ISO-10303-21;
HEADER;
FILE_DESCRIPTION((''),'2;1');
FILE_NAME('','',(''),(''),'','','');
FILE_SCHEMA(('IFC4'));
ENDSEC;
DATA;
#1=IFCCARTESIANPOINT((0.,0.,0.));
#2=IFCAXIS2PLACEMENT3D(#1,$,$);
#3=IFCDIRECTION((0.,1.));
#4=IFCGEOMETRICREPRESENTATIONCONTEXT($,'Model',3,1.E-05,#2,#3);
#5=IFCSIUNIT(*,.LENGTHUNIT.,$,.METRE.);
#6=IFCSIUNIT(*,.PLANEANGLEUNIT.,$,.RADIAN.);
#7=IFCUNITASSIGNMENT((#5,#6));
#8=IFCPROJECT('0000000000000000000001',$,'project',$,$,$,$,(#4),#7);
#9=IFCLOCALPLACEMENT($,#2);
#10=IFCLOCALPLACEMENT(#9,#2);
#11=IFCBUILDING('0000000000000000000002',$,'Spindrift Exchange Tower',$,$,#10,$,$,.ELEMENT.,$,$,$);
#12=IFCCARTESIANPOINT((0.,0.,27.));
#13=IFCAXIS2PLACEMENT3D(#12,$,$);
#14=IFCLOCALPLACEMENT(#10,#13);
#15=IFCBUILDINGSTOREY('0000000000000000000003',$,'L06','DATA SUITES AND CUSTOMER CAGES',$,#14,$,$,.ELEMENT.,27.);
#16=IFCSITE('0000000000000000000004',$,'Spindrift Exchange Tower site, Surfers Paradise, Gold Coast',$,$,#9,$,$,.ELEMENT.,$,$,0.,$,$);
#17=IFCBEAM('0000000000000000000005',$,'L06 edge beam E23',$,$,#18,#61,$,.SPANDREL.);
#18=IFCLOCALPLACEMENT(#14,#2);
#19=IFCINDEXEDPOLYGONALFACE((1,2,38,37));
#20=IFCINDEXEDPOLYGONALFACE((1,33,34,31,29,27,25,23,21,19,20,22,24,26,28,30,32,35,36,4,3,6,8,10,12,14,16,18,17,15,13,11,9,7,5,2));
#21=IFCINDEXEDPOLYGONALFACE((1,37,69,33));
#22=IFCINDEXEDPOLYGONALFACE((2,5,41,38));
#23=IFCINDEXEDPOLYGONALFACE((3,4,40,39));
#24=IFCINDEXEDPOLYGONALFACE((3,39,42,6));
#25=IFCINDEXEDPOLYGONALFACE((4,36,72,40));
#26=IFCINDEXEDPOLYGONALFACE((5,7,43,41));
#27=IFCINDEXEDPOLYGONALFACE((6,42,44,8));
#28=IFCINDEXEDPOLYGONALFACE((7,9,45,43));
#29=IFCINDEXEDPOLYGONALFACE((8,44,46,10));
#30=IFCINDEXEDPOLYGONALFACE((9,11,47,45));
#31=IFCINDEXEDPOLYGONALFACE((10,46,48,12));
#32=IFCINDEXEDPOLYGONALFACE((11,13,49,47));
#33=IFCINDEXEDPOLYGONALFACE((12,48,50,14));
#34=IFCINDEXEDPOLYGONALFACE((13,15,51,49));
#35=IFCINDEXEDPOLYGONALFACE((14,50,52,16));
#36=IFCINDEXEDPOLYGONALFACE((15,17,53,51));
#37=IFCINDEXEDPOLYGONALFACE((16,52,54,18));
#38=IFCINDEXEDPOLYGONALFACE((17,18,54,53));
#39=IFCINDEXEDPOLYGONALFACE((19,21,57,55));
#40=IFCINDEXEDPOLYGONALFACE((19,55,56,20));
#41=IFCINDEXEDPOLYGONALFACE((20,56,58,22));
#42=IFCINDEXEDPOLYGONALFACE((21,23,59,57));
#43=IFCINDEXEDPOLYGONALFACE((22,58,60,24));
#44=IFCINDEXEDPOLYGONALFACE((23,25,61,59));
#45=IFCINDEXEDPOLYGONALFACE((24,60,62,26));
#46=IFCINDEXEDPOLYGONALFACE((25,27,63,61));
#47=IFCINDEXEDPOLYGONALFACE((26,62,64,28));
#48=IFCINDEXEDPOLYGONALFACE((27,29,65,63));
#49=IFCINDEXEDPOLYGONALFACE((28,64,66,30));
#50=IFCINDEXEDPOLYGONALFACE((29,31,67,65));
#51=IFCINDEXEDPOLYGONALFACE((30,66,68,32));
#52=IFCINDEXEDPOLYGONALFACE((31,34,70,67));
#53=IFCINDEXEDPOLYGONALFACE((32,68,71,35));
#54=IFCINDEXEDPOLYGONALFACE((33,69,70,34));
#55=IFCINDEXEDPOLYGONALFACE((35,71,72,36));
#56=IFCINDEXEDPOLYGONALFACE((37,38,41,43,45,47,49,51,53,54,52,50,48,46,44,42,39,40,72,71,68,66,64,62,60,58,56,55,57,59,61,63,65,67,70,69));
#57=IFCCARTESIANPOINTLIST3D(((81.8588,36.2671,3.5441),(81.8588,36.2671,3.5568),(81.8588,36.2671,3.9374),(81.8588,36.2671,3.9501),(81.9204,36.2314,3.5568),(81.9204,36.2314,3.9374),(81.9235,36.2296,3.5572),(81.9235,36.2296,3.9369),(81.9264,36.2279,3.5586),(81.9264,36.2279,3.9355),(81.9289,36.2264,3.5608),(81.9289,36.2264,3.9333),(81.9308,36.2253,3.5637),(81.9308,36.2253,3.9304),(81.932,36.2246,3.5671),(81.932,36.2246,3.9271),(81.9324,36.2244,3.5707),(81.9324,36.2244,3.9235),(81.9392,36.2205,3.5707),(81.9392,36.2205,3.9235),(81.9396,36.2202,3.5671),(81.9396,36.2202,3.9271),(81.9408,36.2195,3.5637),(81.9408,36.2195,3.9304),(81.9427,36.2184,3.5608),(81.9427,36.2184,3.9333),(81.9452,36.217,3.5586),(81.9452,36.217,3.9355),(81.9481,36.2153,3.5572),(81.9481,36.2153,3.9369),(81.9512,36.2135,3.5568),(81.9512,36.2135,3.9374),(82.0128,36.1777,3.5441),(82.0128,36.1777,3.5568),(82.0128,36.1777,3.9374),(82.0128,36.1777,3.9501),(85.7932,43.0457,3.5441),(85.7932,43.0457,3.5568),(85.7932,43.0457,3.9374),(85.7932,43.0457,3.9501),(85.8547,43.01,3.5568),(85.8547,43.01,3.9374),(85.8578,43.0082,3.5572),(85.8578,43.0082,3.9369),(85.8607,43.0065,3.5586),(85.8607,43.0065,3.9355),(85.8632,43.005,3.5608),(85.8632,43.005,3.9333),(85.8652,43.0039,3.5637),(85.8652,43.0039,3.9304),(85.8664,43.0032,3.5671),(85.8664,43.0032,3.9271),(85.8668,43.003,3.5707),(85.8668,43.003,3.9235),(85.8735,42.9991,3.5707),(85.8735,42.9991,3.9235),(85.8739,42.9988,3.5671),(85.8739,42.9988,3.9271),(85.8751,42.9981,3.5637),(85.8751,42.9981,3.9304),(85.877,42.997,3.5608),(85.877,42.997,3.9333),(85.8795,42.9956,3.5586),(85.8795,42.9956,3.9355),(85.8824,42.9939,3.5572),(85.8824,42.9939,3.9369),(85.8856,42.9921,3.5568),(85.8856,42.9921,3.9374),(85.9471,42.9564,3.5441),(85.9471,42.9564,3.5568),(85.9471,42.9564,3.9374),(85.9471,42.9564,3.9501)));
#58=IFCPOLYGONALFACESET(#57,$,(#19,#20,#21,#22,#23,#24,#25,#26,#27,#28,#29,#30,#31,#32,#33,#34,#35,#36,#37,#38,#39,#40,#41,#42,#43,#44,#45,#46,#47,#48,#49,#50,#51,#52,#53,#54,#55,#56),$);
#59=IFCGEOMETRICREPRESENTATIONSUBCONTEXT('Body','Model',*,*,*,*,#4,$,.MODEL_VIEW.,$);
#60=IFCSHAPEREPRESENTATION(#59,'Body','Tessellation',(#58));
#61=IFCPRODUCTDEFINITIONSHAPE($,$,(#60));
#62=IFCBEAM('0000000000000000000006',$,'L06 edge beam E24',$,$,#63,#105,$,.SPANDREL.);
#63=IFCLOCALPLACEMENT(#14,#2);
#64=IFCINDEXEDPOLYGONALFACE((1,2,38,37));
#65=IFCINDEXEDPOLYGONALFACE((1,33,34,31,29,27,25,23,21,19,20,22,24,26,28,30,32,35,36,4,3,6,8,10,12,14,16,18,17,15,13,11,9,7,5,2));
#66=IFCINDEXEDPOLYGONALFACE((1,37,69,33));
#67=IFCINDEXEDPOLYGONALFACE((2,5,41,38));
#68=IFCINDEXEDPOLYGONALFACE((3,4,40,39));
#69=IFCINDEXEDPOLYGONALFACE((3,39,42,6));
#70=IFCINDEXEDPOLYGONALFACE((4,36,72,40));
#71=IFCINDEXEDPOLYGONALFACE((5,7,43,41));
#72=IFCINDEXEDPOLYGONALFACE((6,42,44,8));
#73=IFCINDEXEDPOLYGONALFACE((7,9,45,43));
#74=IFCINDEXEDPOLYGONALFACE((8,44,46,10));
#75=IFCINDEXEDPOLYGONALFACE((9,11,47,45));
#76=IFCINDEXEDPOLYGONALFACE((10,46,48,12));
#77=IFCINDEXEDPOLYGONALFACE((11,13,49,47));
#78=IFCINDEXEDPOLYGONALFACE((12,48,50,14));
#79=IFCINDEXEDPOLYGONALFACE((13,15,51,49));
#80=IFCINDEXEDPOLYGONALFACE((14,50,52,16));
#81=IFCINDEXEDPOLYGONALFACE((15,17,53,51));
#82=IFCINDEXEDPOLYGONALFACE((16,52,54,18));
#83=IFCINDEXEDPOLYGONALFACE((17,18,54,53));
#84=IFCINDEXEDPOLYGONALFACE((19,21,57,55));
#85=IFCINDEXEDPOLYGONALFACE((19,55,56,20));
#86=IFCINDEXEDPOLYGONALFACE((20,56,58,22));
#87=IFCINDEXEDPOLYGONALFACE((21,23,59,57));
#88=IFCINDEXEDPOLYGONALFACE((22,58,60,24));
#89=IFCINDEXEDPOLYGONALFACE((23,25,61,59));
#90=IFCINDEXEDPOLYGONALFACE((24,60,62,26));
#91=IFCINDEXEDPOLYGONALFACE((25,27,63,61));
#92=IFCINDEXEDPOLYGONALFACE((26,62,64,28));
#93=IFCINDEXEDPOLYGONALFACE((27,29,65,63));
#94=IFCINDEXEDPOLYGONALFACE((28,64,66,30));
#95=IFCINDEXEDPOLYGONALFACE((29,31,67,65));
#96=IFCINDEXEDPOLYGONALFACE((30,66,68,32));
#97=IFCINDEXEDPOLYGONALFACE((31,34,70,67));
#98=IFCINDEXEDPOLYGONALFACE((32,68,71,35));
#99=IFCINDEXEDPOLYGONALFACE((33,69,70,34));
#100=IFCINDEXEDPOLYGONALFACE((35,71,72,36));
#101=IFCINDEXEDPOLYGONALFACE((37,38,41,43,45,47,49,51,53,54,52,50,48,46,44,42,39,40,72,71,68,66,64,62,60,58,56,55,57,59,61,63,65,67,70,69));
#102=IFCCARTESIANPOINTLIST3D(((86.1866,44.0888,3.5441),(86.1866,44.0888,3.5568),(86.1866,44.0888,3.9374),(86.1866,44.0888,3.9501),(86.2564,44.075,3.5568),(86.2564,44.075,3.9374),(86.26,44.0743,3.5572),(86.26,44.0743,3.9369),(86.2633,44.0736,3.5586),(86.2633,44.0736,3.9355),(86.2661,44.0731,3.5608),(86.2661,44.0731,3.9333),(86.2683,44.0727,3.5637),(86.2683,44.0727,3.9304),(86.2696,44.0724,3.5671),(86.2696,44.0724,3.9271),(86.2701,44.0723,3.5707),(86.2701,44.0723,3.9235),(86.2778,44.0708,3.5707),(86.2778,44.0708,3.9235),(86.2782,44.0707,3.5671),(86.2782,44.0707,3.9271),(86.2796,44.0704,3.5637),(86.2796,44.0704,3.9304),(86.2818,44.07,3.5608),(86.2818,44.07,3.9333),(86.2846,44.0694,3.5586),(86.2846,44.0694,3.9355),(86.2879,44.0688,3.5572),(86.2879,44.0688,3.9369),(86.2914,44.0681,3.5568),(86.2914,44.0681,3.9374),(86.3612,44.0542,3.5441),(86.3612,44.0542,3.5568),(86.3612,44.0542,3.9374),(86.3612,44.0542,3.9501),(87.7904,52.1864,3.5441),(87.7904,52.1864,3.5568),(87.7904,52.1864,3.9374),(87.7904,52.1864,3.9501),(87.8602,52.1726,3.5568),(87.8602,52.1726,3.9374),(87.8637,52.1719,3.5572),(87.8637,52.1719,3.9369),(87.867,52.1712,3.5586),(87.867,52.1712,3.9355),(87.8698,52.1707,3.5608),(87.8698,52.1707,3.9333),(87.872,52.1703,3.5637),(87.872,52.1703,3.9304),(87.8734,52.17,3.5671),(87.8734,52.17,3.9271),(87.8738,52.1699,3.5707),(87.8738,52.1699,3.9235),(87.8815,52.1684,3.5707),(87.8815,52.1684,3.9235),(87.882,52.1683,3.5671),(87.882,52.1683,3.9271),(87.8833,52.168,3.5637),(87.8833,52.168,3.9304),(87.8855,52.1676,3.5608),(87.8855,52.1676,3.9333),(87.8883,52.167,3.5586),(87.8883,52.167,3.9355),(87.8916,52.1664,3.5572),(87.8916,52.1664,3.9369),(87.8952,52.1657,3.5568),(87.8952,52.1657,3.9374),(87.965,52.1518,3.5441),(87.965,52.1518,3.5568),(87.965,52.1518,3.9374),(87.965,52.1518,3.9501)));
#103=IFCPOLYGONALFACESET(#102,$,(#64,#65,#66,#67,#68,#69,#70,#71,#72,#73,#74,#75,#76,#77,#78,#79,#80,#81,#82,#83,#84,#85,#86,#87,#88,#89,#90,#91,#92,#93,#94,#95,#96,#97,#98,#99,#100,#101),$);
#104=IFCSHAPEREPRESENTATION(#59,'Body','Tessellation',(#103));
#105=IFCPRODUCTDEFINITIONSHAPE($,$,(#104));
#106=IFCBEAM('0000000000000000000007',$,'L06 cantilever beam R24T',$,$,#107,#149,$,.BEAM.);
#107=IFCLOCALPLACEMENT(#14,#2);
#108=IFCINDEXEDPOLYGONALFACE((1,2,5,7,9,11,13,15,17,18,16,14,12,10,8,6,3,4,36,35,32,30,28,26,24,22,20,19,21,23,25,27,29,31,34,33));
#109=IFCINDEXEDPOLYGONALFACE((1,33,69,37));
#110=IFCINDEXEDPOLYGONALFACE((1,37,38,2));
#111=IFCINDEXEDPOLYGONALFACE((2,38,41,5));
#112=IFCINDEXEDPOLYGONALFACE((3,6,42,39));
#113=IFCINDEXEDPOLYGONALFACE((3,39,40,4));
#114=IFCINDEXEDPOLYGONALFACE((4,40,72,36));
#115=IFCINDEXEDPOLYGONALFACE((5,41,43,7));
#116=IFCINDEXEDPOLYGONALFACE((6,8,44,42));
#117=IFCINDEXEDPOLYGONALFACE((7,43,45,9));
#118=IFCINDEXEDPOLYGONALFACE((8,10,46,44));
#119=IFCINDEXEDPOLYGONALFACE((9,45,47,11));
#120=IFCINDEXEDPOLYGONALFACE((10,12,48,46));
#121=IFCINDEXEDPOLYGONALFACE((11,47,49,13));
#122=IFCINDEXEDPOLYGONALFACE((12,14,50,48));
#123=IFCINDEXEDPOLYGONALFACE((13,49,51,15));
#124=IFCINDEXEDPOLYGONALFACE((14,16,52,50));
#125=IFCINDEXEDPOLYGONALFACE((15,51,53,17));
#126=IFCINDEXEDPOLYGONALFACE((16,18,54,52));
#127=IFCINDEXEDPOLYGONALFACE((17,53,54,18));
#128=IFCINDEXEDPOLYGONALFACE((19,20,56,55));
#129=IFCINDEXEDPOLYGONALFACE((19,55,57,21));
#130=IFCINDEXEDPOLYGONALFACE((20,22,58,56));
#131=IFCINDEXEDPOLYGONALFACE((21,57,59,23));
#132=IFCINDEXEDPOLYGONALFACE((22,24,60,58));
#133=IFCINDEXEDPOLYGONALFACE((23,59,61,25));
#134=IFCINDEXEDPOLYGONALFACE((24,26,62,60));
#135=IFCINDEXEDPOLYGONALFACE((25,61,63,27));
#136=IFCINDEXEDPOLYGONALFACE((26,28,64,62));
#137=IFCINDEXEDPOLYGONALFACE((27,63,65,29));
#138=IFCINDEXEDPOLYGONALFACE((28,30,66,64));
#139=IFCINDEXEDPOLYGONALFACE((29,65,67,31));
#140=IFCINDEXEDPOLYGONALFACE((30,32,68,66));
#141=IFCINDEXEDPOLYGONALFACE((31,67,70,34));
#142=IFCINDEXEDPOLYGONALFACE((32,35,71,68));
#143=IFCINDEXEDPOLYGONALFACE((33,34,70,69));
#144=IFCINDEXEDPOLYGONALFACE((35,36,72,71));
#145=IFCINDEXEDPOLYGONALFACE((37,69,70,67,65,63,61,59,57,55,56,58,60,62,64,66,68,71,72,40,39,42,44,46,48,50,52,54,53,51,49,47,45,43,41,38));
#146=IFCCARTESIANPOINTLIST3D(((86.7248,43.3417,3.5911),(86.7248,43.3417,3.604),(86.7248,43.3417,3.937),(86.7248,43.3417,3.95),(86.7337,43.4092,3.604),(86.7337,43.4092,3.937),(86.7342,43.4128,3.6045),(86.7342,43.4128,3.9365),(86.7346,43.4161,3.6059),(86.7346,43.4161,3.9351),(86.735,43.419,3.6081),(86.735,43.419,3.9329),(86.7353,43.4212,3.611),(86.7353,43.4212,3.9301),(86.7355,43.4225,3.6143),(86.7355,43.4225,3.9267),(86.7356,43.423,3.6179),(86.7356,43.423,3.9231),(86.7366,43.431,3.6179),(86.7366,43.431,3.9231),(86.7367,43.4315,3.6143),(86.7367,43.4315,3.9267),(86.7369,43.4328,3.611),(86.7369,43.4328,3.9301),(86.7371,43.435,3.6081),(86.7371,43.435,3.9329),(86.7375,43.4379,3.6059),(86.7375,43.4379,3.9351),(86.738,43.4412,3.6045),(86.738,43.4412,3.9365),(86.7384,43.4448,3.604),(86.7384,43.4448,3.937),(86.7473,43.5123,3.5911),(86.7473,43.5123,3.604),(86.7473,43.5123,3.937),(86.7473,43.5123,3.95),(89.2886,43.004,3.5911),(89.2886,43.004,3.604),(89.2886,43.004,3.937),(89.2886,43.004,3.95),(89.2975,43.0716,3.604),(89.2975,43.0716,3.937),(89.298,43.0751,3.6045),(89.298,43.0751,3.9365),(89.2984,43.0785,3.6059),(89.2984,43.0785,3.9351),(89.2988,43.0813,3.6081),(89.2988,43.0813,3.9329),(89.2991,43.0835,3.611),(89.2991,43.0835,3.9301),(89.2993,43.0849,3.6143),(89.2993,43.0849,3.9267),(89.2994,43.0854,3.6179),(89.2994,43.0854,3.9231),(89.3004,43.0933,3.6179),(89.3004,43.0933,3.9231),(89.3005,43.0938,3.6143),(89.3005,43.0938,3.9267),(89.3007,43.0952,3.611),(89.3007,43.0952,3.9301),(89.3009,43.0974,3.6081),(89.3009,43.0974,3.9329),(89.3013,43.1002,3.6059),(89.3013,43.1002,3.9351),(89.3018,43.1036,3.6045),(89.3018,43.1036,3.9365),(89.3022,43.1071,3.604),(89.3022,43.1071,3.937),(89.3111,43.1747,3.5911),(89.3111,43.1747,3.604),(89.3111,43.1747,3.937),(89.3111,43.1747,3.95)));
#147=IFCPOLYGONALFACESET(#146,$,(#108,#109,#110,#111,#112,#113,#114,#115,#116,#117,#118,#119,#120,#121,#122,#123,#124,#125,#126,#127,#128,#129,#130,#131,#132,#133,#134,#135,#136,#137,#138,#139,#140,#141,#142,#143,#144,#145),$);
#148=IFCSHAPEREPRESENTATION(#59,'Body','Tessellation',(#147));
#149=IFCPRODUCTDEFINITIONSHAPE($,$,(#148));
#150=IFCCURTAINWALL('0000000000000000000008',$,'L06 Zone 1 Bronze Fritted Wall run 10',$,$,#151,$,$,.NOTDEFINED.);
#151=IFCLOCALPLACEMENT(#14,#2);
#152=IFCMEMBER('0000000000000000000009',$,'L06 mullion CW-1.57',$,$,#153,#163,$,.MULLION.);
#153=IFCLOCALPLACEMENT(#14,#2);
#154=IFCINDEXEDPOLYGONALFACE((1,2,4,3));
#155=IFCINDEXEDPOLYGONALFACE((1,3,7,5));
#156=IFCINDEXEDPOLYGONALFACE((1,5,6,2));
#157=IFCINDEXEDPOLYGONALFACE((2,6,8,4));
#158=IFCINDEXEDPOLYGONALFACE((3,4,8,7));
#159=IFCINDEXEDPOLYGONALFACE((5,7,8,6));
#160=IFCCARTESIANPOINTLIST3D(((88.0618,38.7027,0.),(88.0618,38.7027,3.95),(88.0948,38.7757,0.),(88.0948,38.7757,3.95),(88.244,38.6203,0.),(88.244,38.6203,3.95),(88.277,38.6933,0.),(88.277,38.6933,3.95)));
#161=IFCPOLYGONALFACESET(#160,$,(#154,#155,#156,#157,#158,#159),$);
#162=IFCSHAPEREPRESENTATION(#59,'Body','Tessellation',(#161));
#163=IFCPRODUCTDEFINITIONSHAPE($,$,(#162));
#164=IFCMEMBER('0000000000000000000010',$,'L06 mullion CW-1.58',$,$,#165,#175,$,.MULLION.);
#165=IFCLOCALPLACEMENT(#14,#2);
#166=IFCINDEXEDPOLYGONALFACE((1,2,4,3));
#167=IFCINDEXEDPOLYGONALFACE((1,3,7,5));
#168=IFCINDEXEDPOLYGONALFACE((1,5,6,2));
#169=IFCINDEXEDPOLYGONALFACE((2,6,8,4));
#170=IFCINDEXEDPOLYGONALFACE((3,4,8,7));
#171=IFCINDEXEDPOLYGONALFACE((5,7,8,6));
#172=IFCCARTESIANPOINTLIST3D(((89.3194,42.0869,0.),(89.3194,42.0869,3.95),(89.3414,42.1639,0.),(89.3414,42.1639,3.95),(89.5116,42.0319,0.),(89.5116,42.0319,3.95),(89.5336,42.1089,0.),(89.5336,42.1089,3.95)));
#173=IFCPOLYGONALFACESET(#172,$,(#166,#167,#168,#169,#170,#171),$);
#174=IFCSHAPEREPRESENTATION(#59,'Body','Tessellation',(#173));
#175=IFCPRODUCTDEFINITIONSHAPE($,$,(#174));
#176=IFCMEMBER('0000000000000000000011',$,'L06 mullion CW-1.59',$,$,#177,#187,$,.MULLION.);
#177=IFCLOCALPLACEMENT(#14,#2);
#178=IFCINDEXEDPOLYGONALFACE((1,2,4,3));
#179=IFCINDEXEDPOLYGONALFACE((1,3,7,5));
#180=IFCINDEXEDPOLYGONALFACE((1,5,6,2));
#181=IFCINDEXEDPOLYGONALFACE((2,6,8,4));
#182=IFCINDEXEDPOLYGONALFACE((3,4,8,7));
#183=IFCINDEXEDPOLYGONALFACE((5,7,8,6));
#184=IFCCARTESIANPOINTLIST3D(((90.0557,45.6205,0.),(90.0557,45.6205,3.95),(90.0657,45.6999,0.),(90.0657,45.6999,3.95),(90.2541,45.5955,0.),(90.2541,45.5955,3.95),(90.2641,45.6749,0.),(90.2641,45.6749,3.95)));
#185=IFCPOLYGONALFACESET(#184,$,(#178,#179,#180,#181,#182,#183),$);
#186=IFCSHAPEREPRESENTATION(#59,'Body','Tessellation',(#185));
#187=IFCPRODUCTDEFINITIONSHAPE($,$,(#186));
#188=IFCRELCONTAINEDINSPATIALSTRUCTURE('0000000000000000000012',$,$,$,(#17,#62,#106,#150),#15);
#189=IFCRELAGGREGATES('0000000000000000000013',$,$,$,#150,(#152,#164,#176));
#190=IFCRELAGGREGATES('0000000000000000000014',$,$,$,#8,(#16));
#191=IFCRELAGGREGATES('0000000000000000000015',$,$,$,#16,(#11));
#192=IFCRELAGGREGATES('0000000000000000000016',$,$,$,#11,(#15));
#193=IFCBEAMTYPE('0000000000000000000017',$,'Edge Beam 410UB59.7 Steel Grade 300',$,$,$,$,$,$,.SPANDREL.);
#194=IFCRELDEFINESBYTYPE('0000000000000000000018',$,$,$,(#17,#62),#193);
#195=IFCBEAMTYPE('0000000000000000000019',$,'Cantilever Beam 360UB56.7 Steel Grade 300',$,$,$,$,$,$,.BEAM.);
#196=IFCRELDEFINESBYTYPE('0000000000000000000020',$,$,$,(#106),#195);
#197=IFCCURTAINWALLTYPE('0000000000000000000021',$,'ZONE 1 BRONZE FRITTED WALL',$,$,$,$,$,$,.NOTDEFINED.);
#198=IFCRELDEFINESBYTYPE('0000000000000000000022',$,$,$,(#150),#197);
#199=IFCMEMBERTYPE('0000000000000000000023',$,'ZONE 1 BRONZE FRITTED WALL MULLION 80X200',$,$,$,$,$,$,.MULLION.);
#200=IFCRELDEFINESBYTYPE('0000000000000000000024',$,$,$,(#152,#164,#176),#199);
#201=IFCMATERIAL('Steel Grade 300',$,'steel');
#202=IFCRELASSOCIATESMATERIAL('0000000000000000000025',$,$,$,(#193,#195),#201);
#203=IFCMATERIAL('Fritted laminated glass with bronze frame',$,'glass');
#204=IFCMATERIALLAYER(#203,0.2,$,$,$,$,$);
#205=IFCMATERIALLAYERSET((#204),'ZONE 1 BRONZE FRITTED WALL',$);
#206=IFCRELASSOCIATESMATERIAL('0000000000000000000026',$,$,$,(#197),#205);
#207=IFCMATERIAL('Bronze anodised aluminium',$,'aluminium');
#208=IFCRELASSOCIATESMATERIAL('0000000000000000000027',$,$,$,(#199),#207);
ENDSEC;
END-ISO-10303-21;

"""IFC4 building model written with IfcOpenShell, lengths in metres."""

from ifc_helpers import new_model, si_unit, direction, frame, origin, origin_2d, place, context, subcontext, project, spatial, rectangle, i_section, extrude, source, transform, mapped, material, layer, layer_set, material_profile, profile_set, type_object, element, aggregate, save


model = new_model("IFC4")

# Units and contexts
model_context = context("Model", 3, precision=1e-05, world=origin(), true_north=direction((0.0, 1.0)))
body_context = subcontext(model_context, "Body", "Model", "MODEL_VIEW")
ifc_project = project(units=[si_unit("LENGTHUNIT", "METRE"), si_unit("PLANEANGLEUNIT", "RADIAN")], contexts=[model_context])

# Site, building, storey
site_placement = place(None, origin())
site = spatial("IfcSite", under=ifc_project, at=site_placement, Name="Spindrift Exchange Tower site, Surfers Paradise, Gold Coast", CompositionType="ELEMENT", RefElevation=0.0)
building_placement = place(site_placement, origin())
building = spatial("IfcBuilding", under=site, at=building_placement, Name="Spindrift Exchange Tower", CompositionType="ELEMENT")
storey_placement = place(building_placement, frame((0.0, 0.0, 27.0)))
storey = spatial("IfcBuildingStorey", under=building, at=storey_placement, Name="L06", Description="DATA SUITES AND CUSTOMER CAGES", CompositionType="ELEMENT", Elevation=27.0)

# Beams
ifc_material_1 = material(Name="Steel Grade 300", Category="steel")
ifc_material_profile_1 = material_profile(ifc_material_1, i_section(OverallWidth=0.178, OverallDepth=0.406, WebThickness=0.0078, FlangeThickness=0.0127, FilletRadius=0.0139, at=origin_2d()), Name="410UB59.7")
ifc_profile_set_1 = profile_set([ifc_material_profile_1], Name="Steel Grade 300")
beam_type_1 = type_object("IfcBeamType", Name="Edge Beam 410UB59.7 Steel Grade 300", PredefinedType="SPANDREL", material=ifc_profile_set_1)
shared_shape_1 = source(origin(), body_context, "Body", "SweptSolid", [
    extrude(i_section(OverallWidth=0.178, OverallDepth=0.406, WebThickness=0.0078, FlangeThickness=0.0127, FilletRadius=0.0139, at=origin_2d()), origin(), (0.0, 0.0, 1.0), 7.8376),
])
beam_1_placement = place(storey_placement, frame((81.9358, 36.2224, 3.7471), z_axis=(0.501981, 0.864878, 0.0), x_axis=(-0.864878, 0.501981, 0.0)))
element("IfcBeam", 1, at=beam_1_placement, inside=storey, type_object=beam_type_1, Name="L06 edge beam E23", PredefinedType="SPANDREL", context=body_context, shape_type="MappedRepresentation", body=[
    mapped(shared_shape_1, transform((0.0, 0.0, 0.0), scale=1.0)),
])
shared_shape_2 = source(origin(), body_context, "Body", "SweptSolid", [
    extrude(i_section(OverallWidth=0.178, OverallDepth=0.406, WebThickness=0.0078, FlangeThickness=0.0127, FilletRadius=0.0139, at=origin_2d()), origin(), (0.0, 0.0, 1.0), 8.2549),
])
beam_2_placement = place(storey_placement, frame((86.2739, 44.0715, 3.7471), z_axis=(0.194279, 0.980946, 0.0), x_axis=(-0.980946, 0.194279, 0.0)))
element("IfcBeam", 2, at=beam_2_placement, inside=storey, type_object=beam_type_1, Name="L06 edge beam E24", PredefinedType="SPANDREL", context=body_context, shape_type="MappedRepresentation", body=[
    mapped(shared_shape_2, transform((0.0, 0.0, 0.0), scale=1.0)),
])
ifc_material_profile_2 = material_profile(ifc_material_1, i_section(OverallWidth=0.1721, OverallDepth=0.3589, WebThickness=0.0081, FlangeThickness=0.0129, FilletRadius=0.0139, at=origin_2d()), Name="360UB56.7")
ifc_profile_set_2 = profile_set([ifc_material_profile_2], Name="Steel Grade 300")
beam_type_2 = type_object("IfcBeamType", Name="Cantilever Beam 360UB56.7 Steel Grade 300", PredefinedType="BEAM", material=ifc_profile_set_2)
shared_shape_3 = source(origin(), body_context, "Body", "SweptSolid", [
    extrude(i_section(OverallWidth=0.1721, OverallDepth=0.3589, WebThickness=0.0081, FlangeThickness=0.0129, FilletRadius=0.0139, at=origin_2d()), origin(), (0.0, 0.0, 1.0), 2.5859),
])
beam_3_placement = place(storey_placement, frame((86.7361, 43.427, 3.7705), z_axis=(0.991439, -0.130574, 0.0), x_axis=(0.130574, 0.991439, 0.0)))
element("IfcBeam", 3, at=beam_3_placement, inside=storey, type_object=beam_type_2, Name="L06 cantilever beam R24T", PredefinedType="BEAM", context=body_context, shape_type="MappedRepresentation", body=[
    mapped(shared_shape_3, transform((0.0, 0.0, 0.0), scale=1.0)),
])

# Curtain wall, members
ifc_material_2 = material(Name="Fritted laminated glass with bronze frame", Category="glass")
ifc_layer_1 = layer(ifc_material_2, 0.2)
ifc_layer_set_1 = layer_set([ifc_layer_1], Name="ZONE 1 BRONZE FRITTED WALL")
curtain_wall_type = type_object("IfcCurtainWallType", Name="ZONE 1 BRONZE FRITTED WALL", PredefinedType="NOTDEFINED", material=ifc_layer_set_1)
curtain_wall_placement = place(storey_placement, origin())
curtain_wall = element("IfcCurtainWall", 4, at=curtain_wall_placement, inside=storey, type_object=curtain_wall_type, Name="L06 Zone 1 Bronze Fritted Wall run 10", PredefinedType="NOTDEFINED")
ifc_material_3 = material(Name="Bronze anodised aluminium", Category="aluminium")
ifc_material_profile_3 = material_profile(ifc_material_3, rectangle(XDim=0.0801, YDim=0.2, at=origin_2d()), Name="ZONE 1 BRONZE FRITTED WALL MULLION 80X200")
ifc_profile_set_3 = profile_set([ifc_material_profile_3], Name="Bronze anodised aluminium")
member_type_1 = type_object("IfcMemberType", Name="ZONE 1 BRONZE FRITTED WALL MULLION 80X200", PredefinedType="MULLION", material=ifc_profile_set_3)
shared_shape_4 = source(origin(), body_context, "Body", "SweptSolid", [
    extrude(rectangle(XDim=0.0801, YDim=0.2, at=origin_2d()), origin(), (0.0, 0.0, 1.0), 3.95),
])
member_1_placement = place(storey_placement, frame((88.1694, 38.698, 0.0), z_axis=(0.0, 0.0, 1.0), x_axis=(0.411988, 0.911189, 0.0)))
member_1 = element("IfcMember", 5, at=member_1_placement, type_object=member_type_1, Name="L06 mullion CW-1.57", PredefinedType="MULLION", context=body_context, shape_type="MappedRepresentation", body=[
    mapped(shared_shape_4, transform((0.0, 0.0, 0.0), scale=1.0)),
])
member_2_placement = place(storey_placement, frame((89.4265, 42.0979, 0.0), z_axis=(0.0, 0.0, 1.0), x_axis=(0.275356, 0.961342, 0.0)))
member_2 = element("IfcMember", 6, at=member_2_placement, type_object=member_type_1, Name="L06 mullion CW-1.58", PredefinedType="MULLION", context=body_context, shape_type="MappedRepresentation", body=[
    mapped(shared_shape_4, transform((0.0, 0.0, 0.0), scale=1.0)),
])
member_3_placement = place(storey_placement, frame((90.1599, 45.6477, 0.0), z_axis=(0.0, 0.0, 1.0), x_axis=(0.124869, 0.992173, 0.0)))
member_3 = element("IfcMember", 7, at=member_3_placement, type_object=member_type_1, Name="L06 mullion CW-1.59", PredefinedType="MULLION", context=body_context, shape_type="MappedRepresentation", body=[
    mapped(shared_shape_4, transform((0.0, 0.0, 0.0), scale=1.0)),
])
aggregate(curtain_wall, [member_1, member_2, member_3])

save(model, "model.ifc")
